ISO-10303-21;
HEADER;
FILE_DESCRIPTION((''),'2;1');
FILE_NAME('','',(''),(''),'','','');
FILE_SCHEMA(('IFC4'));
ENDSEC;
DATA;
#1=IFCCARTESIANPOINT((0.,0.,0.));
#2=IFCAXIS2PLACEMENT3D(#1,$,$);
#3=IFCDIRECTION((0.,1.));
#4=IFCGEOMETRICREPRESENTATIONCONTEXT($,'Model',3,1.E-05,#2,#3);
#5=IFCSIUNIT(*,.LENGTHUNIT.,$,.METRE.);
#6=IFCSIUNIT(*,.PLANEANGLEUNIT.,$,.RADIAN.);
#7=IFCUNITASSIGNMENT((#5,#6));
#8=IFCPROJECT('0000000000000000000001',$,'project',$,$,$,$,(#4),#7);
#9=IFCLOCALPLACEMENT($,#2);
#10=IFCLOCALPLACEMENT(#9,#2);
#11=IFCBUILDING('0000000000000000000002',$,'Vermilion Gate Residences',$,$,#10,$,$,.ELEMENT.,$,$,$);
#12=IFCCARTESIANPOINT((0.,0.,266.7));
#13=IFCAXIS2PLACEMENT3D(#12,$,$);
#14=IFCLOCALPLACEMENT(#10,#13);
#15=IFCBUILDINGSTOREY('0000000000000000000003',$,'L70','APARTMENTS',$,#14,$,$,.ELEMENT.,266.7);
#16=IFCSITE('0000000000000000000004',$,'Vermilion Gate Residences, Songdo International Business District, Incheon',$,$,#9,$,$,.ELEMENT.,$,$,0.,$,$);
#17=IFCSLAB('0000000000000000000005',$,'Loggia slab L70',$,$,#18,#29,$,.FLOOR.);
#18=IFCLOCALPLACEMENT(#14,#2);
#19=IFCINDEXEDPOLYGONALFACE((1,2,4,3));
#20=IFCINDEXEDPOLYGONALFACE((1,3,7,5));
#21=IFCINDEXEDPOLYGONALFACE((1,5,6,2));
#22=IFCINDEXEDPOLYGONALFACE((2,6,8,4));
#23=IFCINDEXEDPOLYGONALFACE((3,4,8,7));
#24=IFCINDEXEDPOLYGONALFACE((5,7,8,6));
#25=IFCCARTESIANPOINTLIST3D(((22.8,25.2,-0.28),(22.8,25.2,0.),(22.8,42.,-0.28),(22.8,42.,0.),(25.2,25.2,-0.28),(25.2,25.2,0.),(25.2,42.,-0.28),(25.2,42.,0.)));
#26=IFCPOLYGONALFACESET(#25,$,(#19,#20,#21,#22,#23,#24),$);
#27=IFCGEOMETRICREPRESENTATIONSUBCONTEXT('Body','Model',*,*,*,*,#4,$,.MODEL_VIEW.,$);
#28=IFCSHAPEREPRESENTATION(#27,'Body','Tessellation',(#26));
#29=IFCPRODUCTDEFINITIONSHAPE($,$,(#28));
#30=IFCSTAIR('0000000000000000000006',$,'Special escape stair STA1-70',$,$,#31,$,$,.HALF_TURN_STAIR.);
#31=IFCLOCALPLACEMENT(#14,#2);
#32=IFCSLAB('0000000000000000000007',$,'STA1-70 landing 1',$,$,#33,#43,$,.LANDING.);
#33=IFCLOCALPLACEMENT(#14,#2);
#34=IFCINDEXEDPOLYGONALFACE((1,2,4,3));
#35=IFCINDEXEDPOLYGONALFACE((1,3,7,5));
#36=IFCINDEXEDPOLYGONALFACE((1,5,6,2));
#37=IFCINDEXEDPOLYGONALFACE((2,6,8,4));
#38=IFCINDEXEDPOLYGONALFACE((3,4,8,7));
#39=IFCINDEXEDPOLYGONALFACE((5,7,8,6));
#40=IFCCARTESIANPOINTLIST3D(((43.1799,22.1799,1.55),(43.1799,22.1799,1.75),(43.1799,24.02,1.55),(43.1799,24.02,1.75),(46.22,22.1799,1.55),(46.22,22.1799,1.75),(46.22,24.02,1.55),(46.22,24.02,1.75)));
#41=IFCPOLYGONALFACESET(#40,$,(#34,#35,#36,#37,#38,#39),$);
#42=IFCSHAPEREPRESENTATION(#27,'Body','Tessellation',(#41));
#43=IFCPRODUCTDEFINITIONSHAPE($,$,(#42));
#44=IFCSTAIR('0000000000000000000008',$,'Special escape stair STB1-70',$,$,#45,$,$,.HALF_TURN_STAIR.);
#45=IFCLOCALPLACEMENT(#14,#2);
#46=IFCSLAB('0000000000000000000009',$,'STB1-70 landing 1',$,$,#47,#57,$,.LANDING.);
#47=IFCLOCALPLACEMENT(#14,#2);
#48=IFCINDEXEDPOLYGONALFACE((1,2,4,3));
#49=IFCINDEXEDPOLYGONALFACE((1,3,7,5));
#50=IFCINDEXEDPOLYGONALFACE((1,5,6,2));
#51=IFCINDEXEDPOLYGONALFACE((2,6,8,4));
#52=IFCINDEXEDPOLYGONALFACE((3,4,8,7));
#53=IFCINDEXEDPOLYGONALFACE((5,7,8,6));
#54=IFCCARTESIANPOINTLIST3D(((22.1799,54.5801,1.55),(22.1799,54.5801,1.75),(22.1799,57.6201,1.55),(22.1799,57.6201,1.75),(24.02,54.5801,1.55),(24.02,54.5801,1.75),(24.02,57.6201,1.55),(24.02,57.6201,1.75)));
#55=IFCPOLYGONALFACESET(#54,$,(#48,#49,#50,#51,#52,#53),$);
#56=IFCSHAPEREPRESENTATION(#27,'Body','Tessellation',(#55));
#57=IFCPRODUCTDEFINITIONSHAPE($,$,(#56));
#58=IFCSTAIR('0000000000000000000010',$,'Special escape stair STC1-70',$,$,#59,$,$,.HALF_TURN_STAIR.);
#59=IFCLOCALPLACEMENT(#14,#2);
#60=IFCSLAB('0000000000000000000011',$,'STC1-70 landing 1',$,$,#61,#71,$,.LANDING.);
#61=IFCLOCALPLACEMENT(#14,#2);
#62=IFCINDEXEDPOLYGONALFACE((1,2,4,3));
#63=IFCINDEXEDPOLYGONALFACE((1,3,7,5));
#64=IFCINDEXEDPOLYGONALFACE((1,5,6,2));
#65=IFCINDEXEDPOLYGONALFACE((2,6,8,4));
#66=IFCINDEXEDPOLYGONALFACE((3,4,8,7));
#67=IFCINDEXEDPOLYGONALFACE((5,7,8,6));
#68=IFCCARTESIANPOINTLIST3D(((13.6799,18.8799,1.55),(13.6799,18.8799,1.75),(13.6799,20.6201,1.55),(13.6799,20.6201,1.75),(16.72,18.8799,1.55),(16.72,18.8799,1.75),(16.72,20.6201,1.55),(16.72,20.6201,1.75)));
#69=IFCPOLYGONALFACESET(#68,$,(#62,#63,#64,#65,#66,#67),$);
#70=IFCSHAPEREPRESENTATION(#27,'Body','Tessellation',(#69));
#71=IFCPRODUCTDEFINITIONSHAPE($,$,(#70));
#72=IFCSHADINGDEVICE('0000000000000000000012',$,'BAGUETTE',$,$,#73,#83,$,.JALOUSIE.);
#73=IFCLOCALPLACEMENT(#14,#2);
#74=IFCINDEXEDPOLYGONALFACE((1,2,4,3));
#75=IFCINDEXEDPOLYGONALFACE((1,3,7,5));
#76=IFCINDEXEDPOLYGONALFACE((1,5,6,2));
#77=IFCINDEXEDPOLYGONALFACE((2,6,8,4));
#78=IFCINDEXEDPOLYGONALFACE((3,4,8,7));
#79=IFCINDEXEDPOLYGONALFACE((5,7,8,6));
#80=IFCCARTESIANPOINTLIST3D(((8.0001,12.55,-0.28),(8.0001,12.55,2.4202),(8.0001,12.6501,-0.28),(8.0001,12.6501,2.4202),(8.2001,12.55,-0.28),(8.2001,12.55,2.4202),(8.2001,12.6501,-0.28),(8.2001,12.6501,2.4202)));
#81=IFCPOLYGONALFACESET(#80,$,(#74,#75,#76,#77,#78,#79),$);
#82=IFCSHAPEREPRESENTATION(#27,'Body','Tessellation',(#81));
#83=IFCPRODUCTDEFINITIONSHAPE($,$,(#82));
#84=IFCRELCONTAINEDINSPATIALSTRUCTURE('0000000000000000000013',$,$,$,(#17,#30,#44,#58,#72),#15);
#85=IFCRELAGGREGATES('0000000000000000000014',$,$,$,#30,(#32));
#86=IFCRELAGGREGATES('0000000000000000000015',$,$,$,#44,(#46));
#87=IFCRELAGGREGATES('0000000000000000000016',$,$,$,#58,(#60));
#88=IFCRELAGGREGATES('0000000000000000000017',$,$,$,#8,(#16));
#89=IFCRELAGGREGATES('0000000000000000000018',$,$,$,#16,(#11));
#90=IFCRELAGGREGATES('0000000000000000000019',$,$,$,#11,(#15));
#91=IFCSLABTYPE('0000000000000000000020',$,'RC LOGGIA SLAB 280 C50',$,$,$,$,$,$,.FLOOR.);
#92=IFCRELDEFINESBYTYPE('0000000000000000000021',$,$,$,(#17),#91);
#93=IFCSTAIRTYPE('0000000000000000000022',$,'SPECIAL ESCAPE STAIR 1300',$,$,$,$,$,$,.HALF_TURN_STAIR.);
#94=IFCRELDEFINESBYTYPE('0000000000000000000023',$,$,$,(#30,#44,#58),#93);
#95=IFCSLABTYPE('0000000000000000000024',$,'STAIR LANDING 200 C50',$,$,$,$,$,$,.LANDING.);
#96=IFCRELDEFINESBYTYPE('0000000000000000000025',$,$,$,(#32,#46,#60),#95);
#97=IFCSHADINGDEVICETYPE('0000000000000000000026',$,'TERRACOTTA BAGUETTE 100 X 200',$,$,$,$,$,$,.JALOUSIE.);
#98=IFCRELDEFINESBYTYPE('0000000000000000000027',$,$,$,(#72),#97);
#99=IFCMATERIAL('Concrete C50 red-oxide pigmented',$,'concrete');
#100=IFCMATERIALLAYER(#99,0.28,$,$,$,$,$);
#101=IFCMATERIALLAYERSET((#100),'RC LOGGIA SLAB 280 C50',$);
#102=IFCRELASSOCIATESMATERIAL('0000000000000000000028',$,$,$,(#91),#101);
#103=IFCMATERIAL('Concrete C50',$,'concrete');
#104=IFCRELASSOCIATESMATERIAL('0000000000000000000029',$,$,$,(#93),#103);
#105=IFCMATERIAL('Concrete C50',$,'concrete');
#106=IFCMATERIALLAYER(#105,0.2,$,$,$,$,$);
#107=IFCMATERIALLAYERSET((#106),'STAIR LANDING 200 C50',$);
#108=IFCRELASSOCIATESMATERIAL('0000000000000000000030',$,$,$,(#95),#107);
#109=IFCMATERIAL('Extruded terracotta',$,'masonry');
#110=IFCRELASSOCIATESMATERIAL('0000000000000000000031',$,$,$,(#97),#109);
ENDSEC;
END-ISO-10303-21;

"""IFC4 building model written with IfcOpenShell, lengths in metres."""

from ifc_helpers import new_model, si_unit, direction, frame, origin, origin_2d, place, context, subcontext, project, spatial, polyline, rectangle, outline, extrude, material, layer, layer_set, material_profile, profile_set, type_object, element, aggregate, save


model = new_model("IFC4")

# Units and contexts
model_context = context("Model", 3, precision=1e-05, world=origin(), true_north=direction((0.0, 1.0)))
body_context = subcontext(model_context, "Body", "Model", "MODEL_VIEW")
ifc_project = project(units=[si_unit("LENGTHUNIT", "METRE"), si_unit("PLANEANGLEUNIT", "RADIAN")], contexts=[model_context])

# Site, building, storey
site_placement = place(None, origin())
site = spatial("IfcSite", under=ifc_project, at=site_placement, Name="Vermilion Gate Residences, Songdo International Business District, Incheon", CompositionType="ELEMENT", RefElevation=0.0)
building_placement = place(site_placement, origin())
building = spatial("IfcBuilding", under=site, at=building_placement, Name="Vermilion Gate Residences", CompositionType="ELEMENT")
storey_placement = place(building_placement, frame((0.0, 0.0, 266.7)))
storey = spatial("IfcBuildingStorey", under=building, at=storey_placement, Name="L70", Description="APARTMENTS", CompositionType="ELEMENT", Elevation=266.7)

# Slab
ifc_material_1 = material(Name="Concrete C50 red-oxide pigmented", Category="concrete")
ifc_layer_1 = layer(ifc_material_1, 0.28)
ifc_layer_set_1 = layer_set([ifc_layer_1], Name="RC LOGGIA SLAB 280 C50")
slab_type_1 = type_object("IfcSlabType", Name="RC LOGGIA SLAB 280 C50", PredefinedType="FLOOR", material=ifc_layer_set_1)
slab_1_placement = place(storey_placement, frame((0.0, 0.0, -0.28)))
element("IfcSlab", 1, at=slab_1_placement, inside=storey, type_object=slab_type_1, Name="Loggia slab L70", PredefinedType="FLOOR", context=body_context, shape_type="SweptSolid", body=[
    extrude(outline(polyline([(25.2, 42.0), (22.8, 42.0), (22.8, 25.2), (25.2, 25.2), (25.2, 42.0)])), origin(), (0.0, 0.0, 1.0), 0.28),
])

# Stairs, slabs
ifc_material_2 = material(Name="Concrete C50", Category="concrete")
stair_type = type_object("IfcStairType", Name="SPECIAL ESCAPE STAIR 1300", PredefinedType="HALF_TURN_STAIR", material=ifc_material_2)
stair_1_placement = place(storey_placement, origin())
stair_1 = element("IfcStair", 2, at=stair_1_placement, inside=storey, type_object=stair_type, Name="Special escape stair STA1-70", PredefinedType="HALF_TURN_STAIR")
ifc_material_3 = material(Name="Concrete C50", Category="concrete")
ifc_layer_2 = layer(ifc_material_3, 0.2)
ifc_layer_set_2 = layer_set([ifc_layer_2], Name="STAIR LANDING 200 C50")
slab_type_2 = type_object("IfcSlabType", Name="STAIR LANDING 200 C50", PredefinedType="LANDING", material=ifc_layer_set_2)
slab_2_placement = place(storey_placement, frame((0.0, 0.0, 1.55)))
slab_2 = element("IfcSlab", 3, at=slab_2_placement, type_object=slab_type_2, Name="STA1-70 landing 1", PredefinedType="LANDING", context=body_context, shape_type="SweptSolid", body=[
    extrude(outline(polyline([(46.22, 22.1799), (46.22, 24.02), (43.1799, 24.02), (43.1799, 22.1799), (46.22, 22.1799)])), origin(), (0.0, 0.0, 1.0), 0.2),
])
aggregate(stair_1, [slab_2])
stair_2_placement = place(storey_placement, origin())
stair_2 = element("IfcStair", 4, at=stair_2_placement, inside=storey, type_object=stair_type, Name="Special escape stair STB1-70", PredefinedType="HALF_TURN_STAIR")
slab_3_placement = place(storey_placement, frame((0.0, 0.0, 1.55)))
slab_3 = element("IfcSlab", 5, at=slab_3_placement, type_object=slab_type_2, Name="STB1-70 landing 1", PredefinedType="LANDING", context=body_context, shape_type="SweptSolid", body=[
    extrude(outline(polyline([(24.02, 54.5801), (24.02, 57.6201), (22.1799, 57.6201), (22.1799, 54.5801), (24.02, 54.5801)])), origin(), (0.0, 0.0, 1.0), 0.2),
])
aggregate(stair_2, [slab_3])
stair_3_placement = place(storey_placement, origin())
stair_3 = element("IfcStair", 6, at=stair_3_placement, inside=storey, type_object=stair_type, Name="Special escape stair STC1-70", PredefinedType="HALF_TURN_STAIR")
slab_4_placement = place(storey_placement, frame((0.0, 0.0, 1.55)))
slab_4 = element("IfcSlab", 7, at=slab_4_placement, type_object=slab_type_2, Name="STC1-70 landing 1", PredefinedType="LANDING", context=body_context, shape_type="SweptSolid", body=[
    extrude(outline(polyline([(16.72, 18.8799), (16.72, 20.6201), (13.6799, 20.6201), (13.6799, 18.8799), (16.72, 18.8799)])), origin(), (0.0, 0.0, 1.0), 0.2),
])
aggregate(stair_3, [slab_4])

# Shading device
ifc_material_4 = material(Name="Extruded terracotta", Category="masonry")
ifc_material_profile_1 = material_profile(ifc_material_4, rectangle(XDim=0.2, YDim=0.1001, at=origin_2d()), Name="BAGUETTE 100 X 200")
ifc_profile_set_1 = profile_set([ifc_material_profile_1], Name="Extruded terracotta")
shading_device_type = type_object("IfcShadingDeviceType", Name="TERRACOTTA BAGUETTE 100 X 200", PredefinedType="JALOUSIE", material=ifc_profile_set_1)
shading_device_placement = place(storey_placement, frame((8.1001, 12.6001, -0.28), z_axis=(0.0, 0.0, 1.0), x_axis=(1.0, 0.0, 0.0)))
element("IfcShadingDevice", 8, at=shading_device_placement, inside=storey, type_object=shading_device_type, Name="BAGUETTE", PredefinedType="JALOUSIE", context=body_context, shape_type="SweptSolid", body=[
    extrude(rectangle(XDim=0.2, YDim=0.1001, at=origin_2d()), origin(), (0.0, 0.0, 1.0), 2.7002),
])

save(model, "model.ifc")
